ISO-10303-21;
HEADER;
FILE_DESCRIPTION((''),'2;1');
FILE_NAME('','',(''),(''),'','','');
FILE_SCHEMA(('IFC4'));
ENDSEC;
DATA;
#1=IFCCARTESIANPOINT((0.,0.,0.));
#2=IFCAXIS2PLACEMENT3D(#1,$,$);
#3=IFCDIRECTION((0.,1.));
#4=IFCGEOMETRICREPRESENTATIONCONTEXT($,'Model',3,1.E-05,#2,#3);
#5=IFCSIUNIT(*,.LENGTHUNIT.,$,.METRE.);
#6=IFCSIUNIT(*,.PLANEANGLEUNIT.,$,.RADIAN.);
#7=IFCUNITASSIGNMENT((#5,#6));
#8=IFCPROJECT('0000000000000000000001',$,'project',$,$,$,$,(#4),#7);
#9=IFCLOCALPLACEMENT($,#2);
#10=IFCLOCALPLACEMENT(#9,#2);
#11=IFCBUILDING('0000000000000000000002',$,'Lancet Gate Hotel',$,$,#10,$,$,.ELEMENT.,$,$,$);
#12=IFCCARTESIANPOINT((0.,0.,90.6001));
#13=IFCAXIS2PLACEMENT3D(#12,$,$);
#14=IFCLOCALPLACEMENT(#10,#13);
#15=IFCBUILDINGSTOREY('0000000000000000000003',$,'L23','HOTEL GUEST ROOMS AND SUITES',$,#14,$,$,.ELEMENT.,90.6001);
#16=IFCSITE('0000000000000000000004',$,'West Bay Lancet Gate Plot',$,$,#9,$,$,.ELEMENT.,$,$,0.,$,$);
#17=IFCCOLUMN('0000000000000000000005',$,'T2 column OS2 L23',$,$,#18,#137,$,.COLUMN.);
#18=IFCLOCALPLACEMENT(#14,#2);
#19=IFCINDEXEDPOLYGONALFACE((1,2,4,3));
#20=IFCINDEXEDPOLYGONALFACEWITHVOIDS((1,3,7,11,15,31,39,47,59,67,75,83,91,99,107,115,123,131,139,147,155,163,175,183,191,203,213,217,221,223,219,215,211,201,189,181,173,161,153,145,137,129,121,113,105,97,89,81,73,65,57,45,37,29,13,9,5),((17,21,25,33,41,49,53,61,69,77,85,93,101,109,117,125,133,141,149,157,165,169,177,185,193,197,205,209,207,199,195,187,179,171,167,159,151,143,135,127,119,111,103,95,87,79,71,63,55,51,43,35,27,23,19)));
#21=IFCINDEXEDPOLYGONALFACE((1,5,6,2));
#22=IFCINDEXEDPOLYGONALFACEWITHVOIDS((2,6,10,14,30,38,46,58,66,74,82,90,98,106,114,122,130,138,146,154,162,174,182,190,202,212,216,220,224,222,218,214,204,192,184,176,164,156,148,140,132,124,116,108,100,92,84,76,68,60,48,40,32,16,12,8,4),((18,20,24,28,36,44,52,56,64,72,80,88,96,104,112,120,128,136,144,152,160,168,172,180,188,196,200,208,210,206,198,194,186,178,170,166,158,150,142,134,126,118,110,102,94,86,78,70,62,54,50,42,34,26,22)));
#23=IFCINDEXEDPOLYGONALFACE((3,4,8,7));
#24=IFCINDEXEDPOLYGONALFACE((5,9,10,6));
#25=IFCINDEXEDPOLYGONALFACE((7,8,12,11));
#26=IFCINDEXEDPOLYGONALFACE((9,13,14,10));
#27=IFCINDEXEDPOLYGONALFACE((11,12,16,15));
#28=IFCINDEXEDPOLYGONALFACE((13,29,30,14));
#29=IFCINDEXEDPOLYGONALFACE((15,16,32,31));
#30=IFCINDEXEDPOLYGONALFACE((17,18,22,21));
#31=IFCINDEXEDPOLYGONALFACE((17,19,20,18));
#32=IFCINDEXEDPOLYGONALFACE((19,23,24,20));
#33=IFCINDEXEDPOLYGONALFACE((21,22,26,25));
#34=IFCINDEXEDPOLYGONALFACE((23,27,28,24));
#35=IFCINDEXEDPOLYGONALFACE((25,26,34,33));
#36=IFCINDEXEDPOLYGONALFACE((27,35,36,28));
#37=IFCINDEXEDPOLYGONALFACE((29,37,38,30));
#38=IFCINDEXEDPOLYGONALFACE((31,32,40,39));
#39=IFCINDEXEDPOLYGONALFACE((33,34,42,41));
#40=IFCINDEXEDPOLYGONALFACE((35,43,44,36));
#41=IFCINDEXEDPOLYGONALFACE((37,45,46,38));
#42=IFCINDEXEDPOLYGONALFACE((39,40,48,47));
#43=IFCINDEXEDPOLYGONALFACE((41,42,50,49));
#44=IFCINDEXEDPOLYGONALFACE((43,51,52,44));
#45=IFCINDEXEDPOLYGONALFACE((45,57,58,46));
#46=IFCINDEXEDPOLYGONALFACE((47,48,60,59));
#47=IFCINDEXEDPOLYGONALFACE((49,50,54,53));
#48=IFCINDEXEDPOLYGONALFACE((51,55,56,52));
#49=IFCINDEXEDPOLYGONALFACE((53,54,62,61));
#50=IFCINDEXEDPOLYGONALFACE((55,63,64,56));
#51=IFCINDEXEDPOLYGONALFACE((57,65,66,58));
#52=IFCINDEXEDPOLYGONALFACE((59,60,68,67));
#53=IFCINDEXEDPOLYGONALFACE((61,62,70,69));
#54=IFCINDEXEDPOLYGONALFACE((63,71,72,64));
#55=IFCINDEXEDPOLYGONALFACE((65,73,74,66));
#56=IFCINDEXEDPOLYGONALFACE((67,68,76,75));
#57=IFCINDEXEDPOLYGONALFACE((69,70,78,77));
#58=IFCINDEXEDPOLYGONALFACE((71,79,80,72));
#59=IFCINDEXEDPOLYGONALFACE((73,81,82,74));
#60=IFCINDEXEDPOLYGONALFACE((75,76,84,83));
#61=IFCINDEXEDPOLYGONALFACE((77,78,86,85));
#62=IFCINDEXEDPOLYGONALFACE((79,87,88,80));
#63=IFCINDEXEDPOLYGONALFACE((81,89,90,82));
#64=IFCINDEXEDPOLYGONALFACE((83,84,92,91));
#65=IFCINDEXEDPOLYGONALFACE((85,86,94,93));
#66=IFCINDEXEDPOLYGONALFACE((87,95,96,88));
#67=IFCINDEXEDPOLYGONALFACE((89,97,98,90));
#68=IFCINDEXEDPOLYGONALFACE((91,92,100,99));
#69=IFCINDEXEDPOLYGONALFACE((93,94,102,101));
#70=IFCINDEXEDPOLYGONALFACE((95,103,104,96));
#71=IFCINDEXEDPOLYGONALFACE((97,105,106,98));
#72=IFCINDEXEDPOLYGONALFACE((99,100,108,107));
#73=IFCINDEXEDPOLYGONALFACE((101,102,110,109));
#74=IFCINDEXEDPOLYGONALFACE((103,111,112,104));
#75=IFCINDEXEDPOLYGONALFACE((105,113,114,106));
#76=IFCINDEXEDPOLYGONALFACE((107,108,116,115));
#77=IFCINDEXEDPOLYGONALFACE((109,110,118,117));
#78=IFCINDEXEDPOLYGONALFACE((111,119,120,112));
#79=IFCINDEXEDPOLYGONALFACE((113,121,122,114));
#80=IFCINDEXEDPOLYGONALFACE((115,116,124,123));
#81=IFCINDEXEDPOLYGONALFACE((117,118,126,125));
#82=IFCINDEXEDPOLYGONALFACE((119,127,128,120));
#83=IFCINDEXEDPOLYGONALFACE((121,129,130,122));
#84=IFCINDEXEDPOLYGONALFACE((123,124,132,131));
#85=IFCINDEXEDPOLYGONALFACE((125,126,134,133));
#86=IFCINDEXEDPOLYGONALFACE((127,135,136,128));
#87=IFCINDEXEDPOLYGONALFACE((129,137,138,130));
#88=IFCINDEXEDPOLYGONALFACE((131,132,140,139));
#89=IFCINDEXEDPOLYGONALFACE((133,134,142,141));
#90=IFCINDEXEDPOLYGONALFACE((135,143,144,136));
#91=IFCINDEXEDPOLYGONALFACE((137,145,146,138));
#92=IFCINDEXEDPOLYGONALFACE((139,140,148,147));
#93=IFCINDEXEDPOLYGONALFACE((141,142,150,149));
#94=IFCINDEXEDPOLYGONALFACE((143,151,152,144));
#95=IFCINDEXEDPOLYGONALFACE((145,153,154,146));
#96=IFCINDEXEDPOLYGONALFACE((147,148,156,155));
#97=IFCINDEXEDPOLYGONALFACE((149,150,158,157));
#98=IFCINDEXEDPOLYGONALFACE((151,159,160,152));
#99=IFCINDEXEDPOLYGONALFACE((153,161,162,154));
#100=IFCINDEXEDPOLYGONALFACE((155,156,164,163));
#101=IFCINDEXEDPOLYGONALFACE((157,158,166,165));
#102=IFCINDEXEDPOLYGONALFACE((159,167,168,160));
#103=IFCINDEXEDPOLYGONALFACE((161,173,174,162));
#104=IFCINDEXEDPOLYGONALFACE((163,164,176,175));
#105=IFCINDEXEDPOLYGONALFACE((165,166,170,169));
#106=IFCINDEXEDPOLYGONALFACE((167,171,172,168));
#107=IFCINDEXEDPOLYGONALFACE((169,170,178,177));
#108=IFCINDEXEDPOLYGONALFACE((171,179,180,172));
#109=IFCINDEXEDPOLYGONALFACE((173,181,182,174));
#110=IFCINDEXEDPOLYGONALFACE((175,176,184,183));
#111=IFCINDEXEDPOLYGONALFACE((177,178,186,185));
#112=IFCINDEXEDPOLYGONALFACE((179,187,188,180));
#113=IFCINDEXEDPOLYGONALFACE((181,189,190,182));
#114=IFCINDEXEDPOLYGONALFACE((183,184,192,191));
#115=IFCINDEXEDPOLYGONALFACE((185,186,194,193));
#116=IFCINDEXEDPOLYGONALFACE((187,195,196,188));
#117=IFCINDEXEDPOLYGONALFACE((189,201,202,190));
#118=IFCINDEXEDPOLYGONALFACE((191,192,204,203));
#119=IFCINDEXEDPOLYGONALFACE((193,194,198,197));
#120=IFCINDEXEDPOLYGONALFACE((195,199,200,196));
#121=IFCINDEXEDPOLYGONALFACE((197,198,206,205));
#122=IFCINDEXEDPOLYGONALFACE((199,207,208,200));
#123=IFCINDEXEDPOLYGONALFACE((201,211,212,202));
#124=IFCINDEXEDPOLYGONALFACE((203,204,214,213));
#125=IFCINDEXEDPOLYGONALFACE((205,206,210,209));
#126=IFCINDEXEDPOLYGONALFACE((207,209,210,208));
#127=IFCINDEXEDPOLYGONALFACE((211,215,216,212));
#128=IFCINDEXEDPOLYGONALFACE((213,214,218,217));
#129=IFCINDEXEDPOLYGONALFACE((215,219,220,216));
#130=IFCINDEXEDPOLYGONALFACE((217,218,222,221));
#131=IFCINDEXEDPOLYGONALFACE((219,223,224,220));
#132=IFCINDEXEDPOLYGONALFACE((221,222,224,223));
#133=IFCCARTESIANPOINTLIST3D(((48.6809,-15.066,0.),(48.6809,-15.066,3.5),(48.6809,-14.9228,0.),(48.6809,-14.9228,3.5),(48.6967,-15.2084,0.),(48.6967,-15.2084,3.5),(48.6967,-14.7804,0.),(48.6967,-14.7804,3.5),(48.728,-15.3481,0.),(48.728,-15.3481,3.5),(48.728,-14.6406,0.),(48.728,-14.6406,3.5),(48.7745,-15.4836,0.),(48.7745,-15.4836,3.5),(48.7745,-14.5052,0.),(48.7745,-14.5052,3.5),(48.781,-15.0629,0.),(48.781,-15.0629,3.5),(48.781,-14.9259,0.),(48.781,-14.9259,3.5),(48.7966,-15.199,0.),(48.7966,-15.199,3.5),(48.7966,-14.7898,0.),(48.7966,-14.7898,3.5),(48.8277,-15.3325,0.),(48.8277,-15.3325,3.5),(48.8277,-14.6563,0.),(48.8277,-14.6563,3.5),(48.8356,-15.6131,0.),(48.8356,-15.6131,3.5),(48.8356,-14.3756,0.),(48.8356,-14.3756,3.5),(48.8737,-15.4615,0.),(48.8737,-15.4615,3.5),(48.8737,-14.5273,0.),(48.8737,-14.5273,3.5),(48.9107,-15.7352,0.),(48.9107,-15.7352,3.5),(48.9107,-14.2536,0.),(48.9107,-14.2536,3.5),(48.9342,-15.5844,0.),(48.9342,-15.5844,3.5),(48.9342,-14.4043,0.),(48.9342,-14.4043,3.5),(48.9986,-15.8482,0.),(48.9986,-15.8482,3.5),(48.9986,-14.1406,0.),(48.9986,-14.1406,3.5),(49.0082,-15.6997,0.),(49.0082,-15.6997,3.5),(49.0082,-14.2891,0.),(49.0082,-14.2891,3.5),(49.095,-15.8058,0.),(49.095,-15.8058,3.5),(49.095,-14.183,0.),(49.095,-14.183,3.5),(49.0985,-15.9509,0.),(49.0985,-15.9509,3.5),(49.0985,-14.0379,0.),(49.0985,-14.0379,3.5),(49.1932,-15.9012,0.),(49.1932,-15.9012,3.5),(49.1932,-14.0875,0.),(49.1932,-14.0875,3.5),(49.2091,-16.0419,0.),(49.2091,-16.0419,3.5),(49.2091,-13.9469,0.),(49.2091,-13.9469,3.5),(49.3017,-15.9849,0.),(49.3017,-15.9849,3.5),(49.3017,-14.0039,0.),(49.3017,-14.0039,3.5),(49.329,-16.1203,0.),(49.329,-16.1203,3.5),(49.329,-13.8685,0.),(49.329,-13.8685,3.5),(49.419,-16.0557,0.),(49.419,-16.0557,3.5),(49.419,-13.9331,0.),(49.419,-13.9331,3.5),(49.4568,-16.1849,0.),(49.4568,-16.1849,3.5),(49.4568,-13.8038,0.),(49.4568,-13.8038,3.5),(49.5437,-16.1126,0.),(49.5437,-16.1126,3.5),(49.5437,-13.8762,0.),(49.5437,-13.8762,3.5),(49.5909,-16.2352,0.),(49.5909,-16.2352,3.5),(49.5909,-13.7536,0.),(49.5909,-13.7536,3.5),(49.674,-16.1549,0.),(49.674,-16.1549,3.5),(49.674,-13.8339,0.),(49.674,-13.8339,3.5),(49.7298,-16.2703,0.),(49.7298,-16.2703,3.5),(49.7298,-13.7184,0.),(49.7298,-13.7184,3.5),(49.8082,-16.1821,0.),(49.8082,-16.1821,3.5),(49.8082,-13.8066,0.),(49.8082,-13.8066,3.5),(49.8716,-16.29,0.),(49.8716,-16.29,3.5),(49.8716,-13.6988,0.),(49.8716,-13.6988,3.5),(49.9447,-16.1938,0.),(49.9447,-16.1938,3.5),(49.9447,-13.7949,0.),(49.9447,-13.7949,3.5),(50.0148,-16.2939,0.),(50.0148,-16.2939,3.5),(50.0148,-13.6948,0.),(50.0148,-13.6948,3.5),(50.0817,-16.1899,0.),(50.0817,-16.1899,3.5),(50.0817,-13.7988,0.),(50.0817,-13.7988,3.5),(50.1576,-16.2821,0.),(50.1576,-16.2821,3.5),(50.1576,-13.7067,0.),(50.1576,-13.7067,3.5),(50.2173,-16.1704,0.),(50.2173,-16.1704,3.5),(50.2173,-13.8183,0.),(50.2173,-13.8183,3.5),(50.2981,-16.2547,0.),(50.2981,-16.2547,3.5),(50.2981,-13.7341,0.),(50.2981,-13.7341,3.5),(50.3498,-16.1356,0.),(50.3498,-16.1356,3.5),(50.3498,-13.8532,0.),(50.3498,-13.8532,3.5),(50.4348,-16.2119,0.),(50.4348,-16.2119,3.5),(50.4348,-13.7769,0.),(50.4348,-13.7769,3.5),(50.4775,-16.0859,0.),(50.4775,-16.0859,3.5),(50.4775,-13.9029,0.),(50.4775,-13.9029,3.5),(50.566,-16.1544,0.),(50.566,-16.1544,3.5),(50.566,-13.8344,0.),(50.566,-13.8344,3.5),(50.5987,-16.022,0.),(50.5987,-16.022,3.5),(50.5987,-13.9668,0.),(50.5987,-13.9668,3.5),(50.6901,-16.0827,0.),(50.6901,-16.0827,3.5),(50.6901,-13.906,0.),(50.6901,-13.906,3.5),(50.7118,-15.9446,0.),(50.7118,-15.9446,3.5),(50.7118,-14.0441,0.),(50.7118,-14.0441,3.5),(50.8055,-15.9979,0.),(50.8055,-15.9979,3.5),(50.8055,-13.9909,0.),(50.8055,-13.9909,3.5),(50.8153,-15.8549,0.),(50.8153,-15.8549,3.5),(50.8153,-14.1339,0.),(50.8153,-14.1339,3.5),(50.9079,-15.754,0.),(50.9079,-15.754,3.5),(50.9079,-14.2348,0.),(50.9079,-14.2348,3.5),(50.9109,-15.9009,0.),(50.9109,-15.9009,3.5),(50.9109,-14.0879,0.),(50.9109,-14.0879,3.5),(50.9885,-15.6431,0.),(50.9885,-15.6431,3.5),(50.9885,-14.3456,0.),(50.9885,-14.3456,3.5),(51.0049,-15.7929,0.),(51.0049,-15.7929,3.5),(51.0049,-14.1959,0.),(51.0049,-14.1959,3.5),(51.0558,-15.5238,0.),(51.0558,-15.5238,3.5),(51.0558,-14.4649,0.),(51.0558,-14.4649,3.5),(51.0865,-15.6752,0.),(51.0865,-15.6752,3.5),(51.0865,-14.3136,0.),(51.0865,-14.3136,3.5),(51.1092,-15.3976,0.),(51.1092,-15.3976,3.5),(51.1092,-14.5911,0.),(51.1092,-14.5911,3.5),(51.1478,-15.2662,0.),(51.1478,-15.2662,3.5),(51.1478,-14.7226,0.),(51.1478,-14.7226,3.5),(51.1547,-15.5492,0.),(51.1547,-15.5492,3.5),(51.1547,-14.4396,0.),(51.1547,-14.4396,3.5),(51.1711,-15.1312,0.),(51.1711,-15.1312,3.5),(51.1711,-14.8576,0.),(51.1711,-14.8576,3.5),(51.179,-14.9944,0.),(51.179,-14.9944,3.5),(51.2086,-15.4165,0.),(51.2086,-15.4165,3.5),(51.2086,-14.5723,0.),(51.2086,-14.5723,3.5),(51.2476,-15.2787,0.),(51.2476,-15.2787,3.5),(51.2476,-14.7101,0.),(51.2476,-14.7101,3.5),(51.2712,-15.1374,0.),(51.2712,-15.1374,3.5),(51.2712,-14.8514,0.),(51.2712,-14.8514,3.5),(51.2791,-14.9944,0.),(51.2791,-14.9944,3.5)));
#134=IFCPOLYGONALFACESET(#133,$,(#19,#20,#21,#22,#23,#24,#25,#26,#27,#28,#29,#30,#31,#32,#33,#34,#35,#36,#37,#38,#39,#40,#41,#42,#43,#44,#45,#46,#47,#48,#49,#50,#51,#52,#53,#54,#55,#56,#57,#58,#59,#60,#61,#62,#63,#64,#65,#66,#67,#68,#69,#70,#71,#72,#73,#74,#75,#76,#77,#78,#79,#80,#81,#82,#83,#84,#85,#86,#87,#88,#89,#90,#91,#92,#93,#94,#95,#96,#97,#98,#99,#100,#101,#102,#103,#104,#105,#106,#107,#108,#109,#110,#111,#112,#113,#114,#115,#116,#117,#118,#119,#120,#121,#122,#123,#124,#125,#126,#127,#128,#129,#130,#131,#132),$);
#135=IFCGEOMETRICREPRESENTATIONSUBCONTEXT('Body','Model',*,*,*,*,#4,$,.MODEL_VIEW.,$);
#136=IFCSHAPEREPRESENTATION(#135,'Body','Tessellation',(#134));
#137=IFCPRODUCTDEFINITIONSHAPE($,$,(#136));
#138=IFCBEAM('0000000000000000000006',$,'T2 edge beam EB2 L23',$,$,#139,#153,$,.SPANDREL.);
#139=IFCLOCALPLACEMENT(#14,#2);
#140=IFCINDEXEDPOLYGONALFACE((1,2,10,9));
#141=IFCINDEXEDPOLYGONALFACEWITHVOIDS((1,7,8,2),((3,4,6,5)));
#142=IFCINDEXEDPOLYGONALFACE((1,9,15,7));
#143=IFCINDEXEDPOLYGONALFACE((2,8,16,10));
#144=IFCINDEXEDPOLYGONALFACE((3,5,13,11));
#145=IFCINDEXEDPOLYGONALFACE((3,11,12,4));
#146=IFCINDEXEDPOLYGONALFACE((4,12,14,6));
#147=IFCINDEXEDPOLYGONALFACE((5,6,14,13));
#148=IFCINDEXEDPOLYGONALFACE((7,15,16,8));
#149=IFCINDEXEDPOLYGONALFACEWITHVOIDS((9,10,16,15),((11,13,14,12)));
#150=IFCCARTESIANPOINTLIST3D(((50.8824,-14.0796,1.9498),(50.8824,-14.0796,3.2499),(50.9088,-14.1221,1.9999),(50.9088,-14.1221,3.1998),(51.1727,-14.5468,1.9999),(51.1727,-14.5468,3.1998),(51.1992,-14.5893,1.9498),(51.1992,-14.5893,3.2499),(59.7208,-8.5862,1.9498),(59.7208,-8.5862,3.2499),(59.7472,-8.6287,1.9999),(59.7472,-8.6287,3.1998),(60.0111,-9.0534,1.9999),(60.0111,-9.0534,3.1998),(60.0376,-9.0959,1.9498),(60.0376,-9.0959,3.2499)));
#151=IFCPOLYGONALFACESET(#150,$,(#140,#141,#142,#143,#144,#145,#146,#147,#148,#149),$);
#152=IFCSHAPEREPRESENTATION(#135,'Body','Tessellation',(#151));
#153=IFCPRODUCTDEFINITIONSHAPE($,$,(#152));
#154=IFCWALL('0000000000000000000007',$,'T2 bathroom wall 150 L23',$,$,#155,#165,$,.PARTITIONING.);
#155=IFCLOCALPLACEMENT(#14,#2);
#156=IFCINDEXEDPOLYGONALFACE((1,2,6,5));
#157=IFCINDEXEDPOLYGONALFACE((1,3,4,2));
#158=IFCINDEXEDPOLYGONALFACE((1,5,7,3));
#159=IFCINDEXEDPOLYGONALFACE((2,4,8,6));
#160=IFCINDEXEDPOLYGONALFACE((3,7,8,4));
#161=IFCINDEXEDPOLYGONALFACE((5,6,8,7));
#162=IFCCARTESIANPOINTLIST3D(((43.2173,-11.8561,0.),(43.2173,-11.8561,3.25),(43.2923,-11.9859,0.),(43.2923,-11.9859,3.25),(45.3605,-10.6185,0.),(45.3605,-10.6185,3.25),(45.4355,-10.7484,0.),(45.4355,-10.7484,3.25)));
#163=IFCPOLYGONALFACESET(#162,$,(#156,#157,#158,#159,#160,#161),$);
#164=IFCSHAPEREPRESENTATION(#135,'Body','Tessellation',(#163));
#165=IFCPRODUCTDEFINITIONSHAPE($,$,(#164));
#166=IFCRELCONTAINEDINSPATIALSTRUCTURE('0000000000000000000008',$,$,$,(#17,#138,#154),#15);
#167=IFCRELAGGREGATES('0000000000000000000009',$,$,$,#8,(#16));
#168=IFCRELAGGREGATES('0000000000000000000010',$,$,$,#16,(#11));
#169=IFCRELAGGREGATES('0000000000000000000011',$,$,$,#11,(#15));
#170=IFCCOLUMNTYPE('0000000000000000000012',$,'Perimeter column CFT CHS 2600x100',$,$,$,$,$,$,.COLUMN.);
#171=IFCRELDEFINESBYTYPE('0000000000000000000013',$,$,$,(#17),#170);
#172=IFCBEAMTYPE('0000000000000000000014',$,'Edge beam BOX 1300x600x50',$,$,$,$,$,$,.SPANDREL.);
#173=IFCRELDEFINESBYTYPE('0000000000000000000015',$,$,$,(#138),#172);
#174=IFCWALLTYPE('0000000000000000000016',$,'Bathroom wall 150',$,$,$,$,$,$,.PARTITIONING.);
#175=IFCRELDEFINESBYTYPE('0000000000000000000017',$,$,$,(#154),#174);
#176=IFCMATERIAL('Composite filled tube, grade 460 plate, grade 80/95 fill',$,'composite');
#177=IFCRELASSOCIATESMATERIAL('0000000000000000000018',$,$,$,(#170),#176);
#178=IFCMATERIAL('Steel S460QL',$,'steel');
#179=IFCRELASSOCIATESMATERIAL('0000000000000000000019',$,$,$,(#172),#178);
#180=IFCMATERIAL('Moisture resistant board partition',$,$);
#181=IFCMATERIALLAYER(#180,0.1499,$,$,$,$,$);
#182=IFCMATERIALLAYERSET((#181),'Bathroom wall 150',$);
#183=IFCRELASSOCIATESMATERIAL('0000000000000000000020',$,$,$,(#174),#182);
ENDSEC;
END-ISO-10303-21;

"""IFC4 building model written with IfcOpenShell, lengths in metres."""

from ifc_helpers import new_model, si_unit, direction, frame, frame_2d, origin, origin_2d, place, context, subcontext, project, spatial, rectangle, hollow_rectangle, hollow_circle, extrude, material, layer, layer_set, material_profile, profile_set, type_object, element, save


model = new_model("IFC4")

# Units and contexts
model_context = context("Model", 3, precision=1e-05, world=origin(), true_north=direction((0.0, 1.0)))
body_context = subcontext(model_context, "Body", "Model", "MODEL_VIEW")
ifc_project = project(units=[si_unit("LENGTHUNIT", "METRE"), si_unit("PLANEANGLEUNIT", "RADIAN")], contexts=[model_context])

# Site, building, storey
site_placement = place(None, origin())
site = spatial("IfcSite", under=ifc_project, at=site_placement, Name="West Bay Lancet Gate Plot", CompositionType="ELEMENT", RefElevation=0.0)
building_placement = place(site_placement, origin())
building = spatial("IfcBuilding", under=site, at=building_placement, Name="Lancet Gate Hotel", CompositionType="ELEMENT")
storey_placement = place(building_placement, frame((0.0, 0.0, 90.6001)))
storey = spatial("IfcBuildingStorey", under=building, at=storey_placement, Name="L23", Description="HOTEL GUEST ROOMS AND SUITES", CompositionType="ELEMENT", Elevation=90.6001)

# Column
ifc_material_1 = material(Name="Composite filled tube, grade 460 plate, grade 80/95 fill", Category="composite")
ifc_material_profile_1 = material_profile(ifc_material_1, hollow_circle(Radius=1.3, WallThickness=0.1001, at=origin_2d()), Name="CHS 2600x100")
ifc_profile_set_1 = profile_set([ifc_material_profile_1], Name="Composite filled tube, grade 460 plate, grade 80/95 fill")
column_type = type_object("IfcColumnType", Name="Perimeter column CFT CHS 2600x100", PredefinedType="COLUMN", material=ifc_profile_set_1)
column_placement = place(storey_placement, frame((49.979, -14.9944, 0.0), z_axis=(0.0, 0.0, 1.0), x_axis=(1.0, 0.0, 0.0)))
element("IfcColumn", 1, at=column_placement, inside=storey, type_object=column_type, Name="T2 column OS2 L23", PredefinedType="COLUMN", context=body_context, shape_type="SweptSolid", body=[
    extrude(hollow_circle(Radius=1.3, WallThickness=0.1001, at=origin_2d()), origin(), (0.0, 0.0, 1.0), 3.5),
])

# Beam
ifc_material_2 = material(Name="Steel S460QL", Category="steel")
ifc_material_profile_2 = material_profile(ifc_material_2, hollow_rectangle(XDim=0.6001, YDim=1.3, WallThickness=0.05, at=origin_2d()), Name="BOX 1300x600x50")
ifc_profile_set_2 = profile_set([ifc_material_profile_2], Name="Steel S460QL")
beam_type = type_object("IfcBeamType", Name="Edge beam BOX 1300x600x50", PredefinedType="SPANDREL", material=ifc_profile_set_2)
beam_placement = place(storey_placement, frame((51.0408, -14.3345, 2.5999), z_axis=(0.849316, 0.527884, 0.0), x_axis=(-0.527884, 0.849316, 0.0)))
element("IfcBeam", 2, at=beam_placement, inside=storey, type_object=beam_type, Name="T2 edge beam EB2 L23", PredefinedType="SPANDREL", context=body_context, shape_type="SweptSolid", body=[
    extrude(hollow_rectangle(XDim=0.6001, YDim=1.3, WallThickness=0.05, at=origin_2d()), origin(), (0.0, 0.0, 1.0), 10.4065),
])

# Wall
ifc_material_3 = material(Name="Moisture resistant board partition")
ifc_layer_1 = layer(ifc_material_3, 0.1499)
ifc_layer_set_1 = layer_set([ifc_layer_1], Name="Bathroom wall 150")
wall_type_1 = type_object("IfcWallType", Name="Bathroom wall 150", PredefinedType="PARTITIONING", material=ifc_layer_set_1)
wall_1_placement = place(storey_placement, frame((43.2549, -11.9209, 0.0), z_axis=(0.0, 0.0, 1.0), x_axis=(0.866007, 0.500033, 0.0)))
element("IfcWall", 3, at=wall_1_placement, inside=storey, type_object=wall_type_1, Name="T2 bathroom wall 150 L23", PredefinedType="PARTITIONING", context=body_context, shape_type="SweptSolid", body=[
    extrude(rectangle(XDim=2.4749, YDim=0.1499, at=frame_2d((1.2373, 0.0))), origin(), (0.0, 0.0, 1.0), 3.25),
])

save(model, "model.ifc")
